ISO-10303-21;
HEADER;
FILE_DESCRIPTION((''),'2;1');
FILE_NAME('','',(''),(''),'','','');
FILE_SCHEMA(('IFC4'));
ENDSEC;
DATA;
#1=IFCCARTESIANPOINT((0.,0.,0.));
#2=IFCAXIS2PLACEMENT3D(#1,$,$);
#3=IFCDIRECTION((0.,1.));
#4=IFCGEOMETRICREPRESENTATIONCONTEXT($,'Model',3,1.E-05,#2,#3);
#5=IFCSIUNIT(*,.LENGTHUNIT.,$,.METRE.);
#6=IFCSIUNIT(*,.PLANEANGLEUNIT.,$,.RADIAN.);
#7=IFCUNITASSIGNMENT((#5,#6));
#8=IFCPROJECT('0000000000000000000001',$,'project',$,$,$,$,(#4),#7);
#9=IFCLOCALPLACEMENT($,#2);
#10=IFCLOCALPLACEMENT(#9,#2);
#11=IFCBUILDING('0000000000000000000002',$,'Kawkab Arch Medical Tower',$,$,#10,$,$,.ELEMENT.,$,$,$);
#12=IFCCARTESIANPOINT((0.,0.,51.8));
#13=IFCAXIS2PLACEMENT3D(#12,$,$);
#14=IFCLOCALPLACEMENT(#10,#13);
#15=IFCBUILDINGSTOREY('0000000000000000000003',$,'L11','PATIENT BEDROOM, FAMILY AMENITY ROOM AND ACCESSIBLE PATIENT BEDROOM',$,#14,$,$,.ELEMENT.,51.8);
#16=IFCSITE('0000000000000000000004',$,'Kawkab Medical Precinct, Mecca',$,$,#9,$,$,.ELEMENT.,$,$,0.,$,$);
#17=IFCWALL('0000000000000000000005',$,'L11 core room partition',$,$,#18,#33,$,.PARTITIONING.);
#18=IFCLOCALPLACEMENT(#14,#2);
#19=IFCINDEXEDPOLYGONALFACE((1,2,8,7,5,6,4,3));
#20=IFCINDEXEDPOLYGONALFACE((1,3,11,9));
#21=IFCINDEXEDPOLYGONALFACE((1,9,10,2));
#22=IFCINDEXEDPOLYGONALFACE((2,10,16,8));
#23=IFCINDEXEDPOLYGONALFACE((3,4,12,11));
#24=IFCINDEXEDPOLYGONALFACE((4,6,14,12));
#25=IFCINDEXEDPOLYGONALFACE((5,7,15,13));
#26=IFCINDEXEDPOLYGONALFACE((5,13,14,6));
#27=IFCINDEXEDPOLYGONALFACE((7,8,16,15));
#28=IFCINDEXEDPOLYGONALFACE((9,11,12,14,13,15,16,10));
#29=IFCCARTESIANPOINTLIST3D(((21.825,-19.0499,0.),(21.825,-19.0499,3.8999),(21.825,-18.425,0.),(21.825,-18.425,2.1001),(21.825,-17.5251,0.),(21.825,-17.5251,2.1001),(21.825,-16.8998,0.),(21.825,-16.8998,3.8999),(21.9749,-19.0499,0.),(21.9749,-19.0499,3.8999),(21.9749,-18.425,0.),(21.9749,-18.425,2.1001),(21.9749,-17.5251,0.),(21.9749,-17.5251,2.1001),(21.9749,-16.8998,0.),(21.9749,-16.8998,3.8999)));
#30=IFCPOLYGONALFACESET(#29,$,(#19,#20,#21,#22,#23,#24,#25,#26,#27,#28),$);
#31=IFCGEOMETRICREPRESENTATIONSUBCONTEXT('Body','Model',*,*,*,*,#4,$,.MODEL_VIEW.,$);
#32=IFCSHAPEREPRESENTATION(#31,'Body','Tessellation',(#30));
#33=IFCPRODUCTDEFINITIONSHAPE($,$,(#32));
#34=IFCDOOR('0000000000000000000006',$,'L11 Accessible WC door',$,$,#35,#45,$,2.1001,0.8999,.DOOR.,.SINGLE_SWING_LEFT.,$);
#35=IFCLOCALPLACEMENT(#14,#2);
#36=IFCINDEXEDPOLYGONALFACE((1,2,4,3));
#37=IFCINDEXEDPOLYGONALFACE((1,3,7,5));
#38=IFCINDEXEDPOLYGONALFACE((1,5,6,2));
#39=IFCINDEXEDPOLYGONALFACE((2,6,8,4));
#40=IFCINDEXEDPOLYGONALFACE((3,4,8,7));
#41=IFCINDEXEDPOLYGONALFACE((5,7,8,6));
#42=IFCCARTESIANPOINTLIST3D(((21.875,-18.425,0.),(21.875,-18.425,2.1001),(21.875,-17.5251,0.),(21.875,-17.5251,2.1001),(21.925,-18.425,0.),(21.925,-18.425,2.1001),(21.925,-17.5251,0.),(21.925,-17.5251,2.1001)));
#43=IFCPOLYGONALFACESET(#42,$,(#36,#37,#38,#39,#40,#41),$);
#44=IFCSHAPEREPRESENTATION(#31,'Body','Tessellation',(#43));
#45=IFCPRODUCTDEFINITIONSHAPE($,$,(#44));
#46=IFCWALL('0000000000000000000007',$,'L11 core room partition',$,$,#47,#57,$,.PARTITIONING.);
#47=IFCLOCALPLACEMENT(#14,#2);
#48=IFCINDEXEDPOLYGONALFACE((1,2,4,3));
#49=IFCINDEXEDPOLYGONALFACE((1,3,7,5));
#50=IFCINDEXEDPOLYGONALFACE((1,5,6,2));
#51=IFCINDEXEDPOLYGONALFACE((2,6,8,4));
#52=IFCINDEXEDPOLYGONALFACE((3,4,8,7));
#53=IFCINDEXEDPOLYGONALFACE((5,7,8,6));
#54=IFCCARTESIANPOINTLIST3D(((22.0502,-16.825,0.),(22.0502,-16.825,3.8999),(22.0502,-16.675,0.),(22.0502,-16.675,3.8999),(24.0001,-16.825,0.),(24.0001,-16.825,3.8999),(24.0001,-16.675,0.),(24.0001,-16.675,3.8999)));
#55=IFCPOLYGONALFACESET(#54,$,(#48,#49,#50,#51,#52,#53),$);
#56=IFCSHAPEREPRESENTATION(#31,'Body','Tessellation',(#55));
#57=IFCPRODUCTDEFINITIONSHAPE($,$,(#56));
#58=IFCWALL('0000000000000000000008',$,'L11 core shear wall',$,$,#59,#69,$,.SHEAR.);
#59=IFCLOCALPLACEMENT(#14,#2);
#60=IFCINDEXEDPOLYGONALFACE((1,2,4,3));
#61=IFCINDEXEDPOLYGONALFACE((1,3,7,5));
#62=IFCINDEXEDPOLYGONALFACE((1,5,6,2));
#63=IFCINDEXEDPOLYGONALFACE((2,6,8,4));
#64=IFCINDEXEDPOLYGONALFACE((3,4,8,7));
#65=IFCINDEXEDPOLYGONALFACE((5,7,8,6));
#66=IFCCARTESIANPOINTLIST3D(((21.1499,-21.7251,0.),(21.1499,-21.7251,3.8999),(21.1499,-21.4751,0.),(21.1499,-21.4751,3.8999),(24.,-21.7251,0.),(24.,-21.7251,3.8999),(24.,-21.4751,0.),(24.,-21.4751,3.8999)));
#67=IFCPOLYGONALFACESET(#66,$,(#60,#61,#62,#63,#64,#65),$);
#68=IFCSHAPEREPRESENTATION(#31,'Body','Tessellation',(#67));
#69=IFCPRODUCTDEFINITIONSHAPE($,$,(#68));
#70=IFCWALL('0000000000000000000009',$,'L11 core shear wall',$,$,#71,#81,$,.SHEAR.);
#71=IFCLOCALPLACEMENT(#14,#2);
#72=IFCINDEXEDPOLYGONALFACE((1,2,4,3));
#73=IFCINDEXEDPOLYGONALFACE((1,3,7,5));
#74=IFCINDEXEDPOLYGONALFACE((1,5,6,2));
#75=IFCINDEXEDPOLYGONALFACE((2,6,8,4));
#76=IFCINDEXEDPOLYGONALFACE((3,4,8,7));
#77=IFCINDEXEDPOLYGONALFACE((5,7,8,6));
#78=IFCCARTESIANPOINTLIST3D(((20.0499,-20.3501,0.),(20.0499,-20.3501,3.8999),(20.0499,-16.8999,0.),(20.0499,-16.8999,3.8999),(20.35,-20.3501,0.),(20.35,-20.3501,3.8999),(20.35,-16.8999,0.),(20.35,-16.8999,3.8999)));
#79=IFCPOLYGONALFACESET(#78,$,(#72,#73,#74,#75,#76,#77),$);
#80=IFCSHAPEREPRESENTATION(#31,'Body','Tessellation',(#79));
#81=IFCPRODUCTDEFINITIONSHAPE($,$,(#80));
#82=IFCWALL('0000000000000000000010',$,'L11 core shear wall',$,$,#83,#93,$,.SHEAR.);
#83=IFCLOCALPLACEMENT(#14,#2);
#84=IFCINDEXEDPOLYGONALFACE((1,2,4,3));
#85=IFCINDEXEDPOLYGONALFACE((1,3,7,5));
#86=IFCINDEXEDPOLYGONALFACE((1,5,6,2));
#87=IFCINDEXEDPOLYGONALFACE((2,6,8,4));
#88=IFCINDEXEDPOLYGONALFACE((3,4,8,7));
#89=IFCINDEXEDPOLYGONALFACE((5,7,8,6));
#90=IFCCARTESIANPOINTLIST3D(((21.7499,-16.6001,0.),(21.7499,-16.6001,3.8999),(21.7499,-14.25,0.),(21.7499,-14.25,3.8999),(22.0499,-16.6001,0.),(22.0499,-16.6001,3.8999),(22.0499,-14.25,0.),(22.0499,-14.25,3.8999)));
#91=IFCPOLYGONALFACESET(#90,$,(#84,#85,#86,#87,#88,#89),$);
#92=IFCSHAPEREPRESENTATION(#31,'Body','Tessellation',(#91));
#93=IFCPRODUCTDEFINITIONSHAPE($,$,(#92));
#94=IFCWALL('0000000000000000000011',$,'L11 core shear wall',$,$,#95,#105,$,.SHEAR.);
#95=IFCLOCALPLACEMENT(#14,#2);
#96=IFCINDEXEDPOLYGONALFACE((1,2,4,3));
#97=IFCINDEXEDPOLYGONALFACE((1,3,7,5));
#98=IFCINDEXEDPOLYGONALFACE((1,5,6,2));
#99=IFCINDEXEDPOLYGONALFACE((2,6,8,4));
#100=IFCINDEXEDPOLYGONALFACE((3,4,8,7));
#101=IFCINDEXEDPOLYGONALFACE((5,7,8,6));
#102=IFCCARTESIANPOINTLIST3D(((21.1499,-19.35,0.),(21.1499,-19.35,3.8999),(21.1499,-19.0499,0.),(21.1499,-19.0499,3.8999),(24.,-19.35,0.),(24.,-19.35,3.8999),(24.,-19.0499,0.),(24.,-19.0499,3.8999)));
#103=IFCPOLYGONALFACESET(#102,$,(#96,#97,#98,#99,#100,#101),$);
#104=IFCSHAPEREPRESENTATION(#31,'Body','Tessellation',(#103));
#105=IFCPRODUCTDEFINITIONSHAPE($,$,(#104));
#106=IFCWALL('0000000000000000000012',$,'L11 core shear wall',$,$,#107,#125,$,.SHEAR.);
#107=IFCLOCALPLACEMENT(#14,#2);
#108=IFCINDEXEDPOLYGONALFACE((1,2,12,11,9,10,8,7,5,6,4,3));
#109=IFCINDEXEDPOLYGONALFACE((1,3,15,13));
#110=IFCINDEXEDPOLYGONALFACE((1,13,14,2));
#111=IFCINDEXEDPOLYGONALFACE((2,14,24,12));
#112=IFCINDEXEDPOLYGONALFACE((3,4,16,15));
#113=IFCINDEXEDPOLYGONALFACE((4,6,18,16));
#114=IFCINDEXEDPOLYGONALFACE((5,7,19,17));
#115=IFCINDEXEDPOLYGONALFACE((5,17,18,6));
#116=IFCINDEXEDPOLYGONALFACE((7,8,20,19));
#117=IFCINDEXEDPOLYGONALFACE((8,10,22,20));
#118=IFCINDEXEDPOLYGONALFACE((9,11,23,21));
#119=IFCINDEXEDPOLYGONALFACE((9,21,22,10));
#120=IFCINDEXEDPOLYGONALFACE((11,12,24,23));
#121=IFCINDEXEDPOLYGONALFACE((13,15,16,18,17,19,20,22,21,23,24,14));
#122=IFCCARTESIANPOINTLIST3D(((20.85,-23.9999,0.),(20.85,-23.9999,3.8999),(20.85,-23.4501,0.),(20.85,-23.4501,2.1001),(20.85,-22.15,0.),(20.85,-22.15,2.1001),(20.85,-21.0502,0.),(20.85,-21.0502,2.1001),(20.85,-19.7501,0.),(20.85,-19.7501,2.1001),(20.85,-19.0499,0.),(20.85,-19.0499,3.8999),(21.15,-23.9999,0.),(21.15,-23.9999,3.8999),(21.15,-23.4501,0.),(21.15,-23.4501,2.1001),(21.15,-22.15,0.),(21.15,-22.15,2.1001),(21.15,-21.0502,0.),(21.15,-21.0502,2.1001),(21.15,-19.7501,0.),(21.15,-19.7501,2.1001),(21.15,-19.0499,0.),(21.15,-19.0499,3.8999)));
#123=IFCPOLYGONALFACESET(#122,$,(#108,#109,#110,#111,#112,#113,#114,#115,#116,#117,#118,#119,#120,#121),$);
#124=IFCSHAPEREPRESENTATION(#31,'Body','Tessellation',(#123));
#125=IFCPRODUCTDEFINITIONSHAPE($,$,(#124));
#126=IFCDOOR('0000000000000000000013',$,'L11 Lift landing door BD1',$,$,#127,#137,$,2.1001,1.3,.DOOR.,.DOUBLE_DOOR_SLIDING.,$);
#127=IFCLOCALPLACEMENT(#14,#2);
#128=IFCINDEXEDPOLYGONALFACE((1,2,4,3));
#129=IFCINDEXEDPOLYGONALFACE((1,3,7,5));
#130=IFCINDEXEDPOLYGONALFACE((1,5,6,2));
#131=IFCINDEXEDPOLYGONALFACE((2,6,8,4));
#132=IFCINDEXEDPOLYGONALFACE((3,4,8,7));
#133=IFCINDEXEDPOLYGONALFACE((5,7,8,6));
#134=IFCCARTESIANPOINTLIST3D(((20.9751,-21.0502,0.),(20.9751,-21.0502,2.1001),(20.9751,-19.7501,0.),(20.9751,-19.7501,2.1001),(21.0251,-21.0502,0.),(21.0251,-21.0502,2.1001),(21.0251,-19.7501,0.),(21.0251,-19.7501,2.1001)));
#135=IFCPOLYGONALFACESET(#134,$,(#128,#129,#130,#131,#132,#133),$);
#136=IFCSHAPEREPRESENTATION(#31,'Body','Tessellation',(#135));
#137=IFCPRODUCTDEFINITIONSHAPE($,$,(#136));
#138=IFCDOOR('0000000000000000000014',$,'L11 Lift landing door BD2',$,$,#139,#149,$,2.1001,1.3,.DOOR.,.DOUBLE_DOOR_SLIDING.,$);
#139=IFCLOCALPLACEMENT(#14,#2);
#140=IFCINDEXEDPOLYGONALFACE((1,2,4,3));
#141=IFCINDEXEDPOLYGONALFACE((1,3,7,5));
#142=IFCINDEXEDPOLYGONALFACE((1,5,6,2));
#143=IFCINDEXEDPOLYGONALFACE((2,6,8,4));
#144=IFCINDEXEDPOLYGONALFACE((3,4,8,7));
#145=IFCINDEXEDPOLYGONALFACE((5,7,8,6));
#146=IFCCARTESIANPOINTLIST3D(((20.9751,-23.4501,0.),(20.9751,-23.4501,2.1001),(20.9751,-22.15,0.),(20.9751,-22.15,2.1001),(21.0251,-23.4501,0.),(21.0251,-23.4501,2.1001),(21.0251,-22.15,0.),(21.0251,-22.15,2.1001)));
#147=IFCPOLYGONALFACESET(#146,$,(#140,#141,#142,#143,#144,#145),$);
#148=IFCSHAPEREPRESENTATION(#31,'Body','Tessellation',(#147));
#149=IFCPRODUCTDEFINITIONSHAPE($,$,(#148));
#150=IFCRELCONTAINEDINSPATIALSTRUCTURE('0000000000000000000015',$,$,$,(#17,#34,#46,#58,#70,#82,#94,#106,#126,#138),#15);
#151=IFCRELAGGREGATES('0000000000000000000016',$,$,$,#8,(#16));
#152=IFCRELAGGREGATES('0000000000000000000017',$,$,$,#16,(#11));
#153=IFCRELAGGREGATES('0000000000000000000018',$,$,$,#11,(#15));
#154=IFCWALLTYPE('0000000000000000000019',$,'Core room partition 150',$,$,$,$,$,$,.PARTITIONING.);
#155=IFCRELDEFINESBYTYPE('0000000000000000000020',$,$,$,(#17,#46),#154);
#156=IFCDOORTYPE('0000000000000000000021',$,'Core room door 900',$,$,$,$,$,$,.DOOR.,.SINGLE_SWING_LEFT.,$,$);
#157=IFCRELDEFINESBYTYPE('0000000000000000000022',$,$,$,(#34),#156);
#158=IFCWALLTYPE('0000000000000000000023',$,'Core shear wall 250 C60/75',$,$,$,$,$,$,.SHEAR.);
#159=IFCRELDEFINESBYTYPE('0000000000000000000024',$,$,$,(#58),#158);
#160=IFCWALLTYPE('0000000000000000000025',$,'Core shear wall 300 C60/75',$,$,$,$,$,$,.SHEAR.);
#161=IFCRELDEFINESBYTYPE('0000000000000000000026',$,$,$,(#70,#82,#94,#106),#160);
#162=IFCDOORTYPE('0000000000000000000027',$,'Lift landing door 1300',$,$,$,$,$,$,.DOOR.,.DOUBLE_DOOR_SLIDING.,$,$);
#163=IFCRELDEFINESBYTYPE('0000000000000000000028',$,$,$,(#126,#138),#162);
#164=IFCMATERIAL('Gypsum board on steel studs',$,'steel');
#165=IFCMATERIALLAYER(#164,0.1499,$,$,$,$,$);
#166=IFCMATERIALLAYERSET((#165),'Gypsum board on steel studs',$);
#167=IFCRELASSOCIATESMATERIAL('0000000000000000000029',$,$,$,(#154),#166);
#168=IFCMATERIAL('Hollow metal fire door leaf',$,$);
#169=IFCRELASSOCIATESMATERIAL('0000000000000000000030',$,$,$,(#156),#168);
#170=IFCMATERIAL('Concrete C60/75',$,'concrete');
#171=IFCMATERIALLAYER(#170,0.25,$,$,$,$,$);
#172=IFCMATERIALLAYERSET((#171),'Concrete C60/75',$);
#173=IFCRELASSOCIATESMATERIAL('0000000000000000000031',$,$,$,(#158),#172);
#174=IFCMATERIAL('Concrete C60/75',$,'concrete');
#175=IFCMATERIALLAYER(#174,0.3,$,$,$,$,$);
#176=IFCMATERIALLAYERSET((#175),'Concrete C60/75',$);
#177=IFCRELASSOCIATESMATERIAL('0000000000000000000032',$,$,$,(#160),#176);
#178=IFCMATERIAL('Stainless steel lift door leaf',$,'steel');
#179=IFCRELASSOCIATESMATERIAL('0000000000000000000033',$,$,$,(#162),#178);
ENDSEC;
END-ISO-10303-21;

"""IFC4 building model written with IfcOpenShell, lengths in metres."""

from ifc_helpers import new_model, si_unit, direction, frame, frame_2d, origin, place, context, subcontext, project, spatial, rectangle, extrude, material, layer, layer_set, type_object, element, fill, save


model = new_model("IFC4")

# Units and contexts
model_context = context("Model", 3, precision=1e-05, world=origin(), true_north=direction((0.0, 1.0)))
body_context = subcontext(model_context, "Body", "Model", "MODEL_VIEW")
ifc_project = project(units=[si_unit("LENGTHUNIT", "METRE"), si_unit("PLANEANGLEUNIT", "RADIAN")], contexts=[model_context])

# Site, building, storey
site_placement = place(None, origin())
site = spatial("IfcSite", under=ifc_project, at=site_placement, Name="Kawkab Medical Precinct, Mecca", CompositionType="ELEMENT", RefElevation=0.0)
building_placement = place(site_placement, origin())
building = spatial("IfcBuilding", under=site, at=building_placement, Name="Kawkab Arch Medical Tower", CompositionType="ELEMENT")
storey_placement = place(building_placement, frame((0.0, 0.0, 51.8)))
storey = spatial("IfcBuildingStorey", under=building, at=storey_placement, Name="L11", Description="PATIENT BEDROOM, FAMILY AMENITY ROOM AND ACCESSIBLE PATIENT BEDROOM", CompositionType="ELEMENT", Elevation=51.8)

# Wall, opening, door
ifc_material_1 = material(Name="Gypsum board on steel studs", Category="steel")
ifc_layer_1 = layer(ifc_material_1, 0.1499)
ifc_layer_set_1 = layer_set([ifc_layer_1], Name="Gypsum board on steel studs")
wall_type_1 = type_object("IfcWallType", Name="Core room partition 150", PredefinedType="PARTITIONING", material=ifc_layer_set_1)
wall_1_placement = place(storey_placement, frame((21.8999, -19.05, 0.0), z_axis=(0.0, 0.0, 1.0), x_axis=(0.0, 1.0, 0.0)))
wall_1 = element("IfcWall", 1, at=wall_1_placement, inside=storey, type_object=wall_type_1, Name="L11 core room partition", PredefinedType="PARTITIONING", context=body_context, shape_type="SweptSolid", body=[
    extrude(rectangle(XDim=2.1501, YDim=0.1499, at=frame_2d((1.0752, 0.0))), origin(), (0.0, 0.0, 1.0), 3.8999),
])
opening_1_placement = place(wall_1_placement, frame((0.625, 0.0, 0.0)))
opening_1 = element("IfcOpeningElement", 2, at=opening_1_placement, cuts=wall_1, PredefinedType="OPENING", context=body_context, shape_type="SweptSolid", body=[
    extrude(rectangle(XDim=0.8999, YDim=2.1001, at=frame_2d((0.45, 1.05))), frame((0.0, 0.085, 0.0), z_axis=(0.0, -1.0, 0.0), x_axis=(1.0, 0.0, 0.0)), (0.0, 0.0, 1.0), 0.1699),
])
ifc_material_2 = material(Name="Hollow metal fire door leaf")
door_type_1 = type_object("IfcDoorType", Name="Core room door 900", OperationType="SINGLE_SWING_LEFT", PredefinedType="DOOR", material=ifc_material_2)
door_1_placement = place(opening_1_placement, origin())
door_1 = element("IfcDoor", 3, at=door_1_placement, inside=storey, type_object=door_type_1, Name="L11 Accessible WC door", OperationType="SINGLE_SWING_LEFT", OverallHeight=2.1001, OverallWidth=0.8999, PredefinedType="DOOR", context=body_context, shape_type="SweptSolid", body=[
    extrude(rectangle(XDim=0.8999, YDim=2.1001, at=frame_2d((0.45, 1.05))), frame((0.0, 0.0249, 0.0), z_axis=(0.0, -1.0, 0.0), x_axis=(1.0, 0.0, 0.0)), (0.0, 0.0, 1.0), 0.05),
])
fill(opening_1, door_1)

# Walls
wall_2_placement = place(storey_placement, frame((22.05, -16.75, 0.0), z_axis=(0.0, 0.0, 1.0), x_axis=(1.0, 0.0, 0.0)))
element("IfcWall", 4, at=wall_2_placement, inside=storey, type_object=wall_type_1, Name="L11 core room partition", PredefinedType="PARTITIONING", context=body_context, shape_type="SweptSolid", body=[
    extrude(rectangle(XDim=1.95, YDim=0.1499, at=frame_2d((0.9751, 0.0))), origin(), (0.0, 0.0, 1.0), 3.8999),
])
ifc_material_3 = material(Name="Concrete C60/75", Category="concrete")
ifc_layer_2 = layer(ifc_material_3, 0.25)
ifc_layer_set_2 = layer_set([ifc_layer_2], Name="Concrete C60/75")
wall_type_2 = type_object("IfcWallType", Name="Core shear wall 250 C60/75", PredefinedType="SHEAR", material=ifc_layer_set_2)
wall_3_placement = place(storey_placement, frame((21.1499, -21.6001, 0.0), z_axis=(0.0, 0.0, 1.0), x_axis=(1.0, 0.0, 0.0)))
element("IfcWall", 5, at=wall_3_placement, inside=storey, type_object=wall_type_2, Name="L11 core shear wall", PredefinedType="SHEAR", context=body_context, shape_type="SweptSolid", body=[
    extrude(rectangle(XDim=2.8501, YDim=0.25, at=frame_2d((1.425, 0.0))), origin(), (0.0, 0.0, 1.0), 3.8999),
])
ifc_material_4 = material(Name="Concrete C60/75", Category="concrete")
ifc_layer_3 = layer(ifc_material_4, 0.3)
ifc_layer_set_3 = layer_set([ifc_layer_3], Name="Concrete C60/75")
wall_type_3 = type_object("IfcWallType", Name="Core shear wall 300 C60/75", PredefinedType="SHEAR", material=ifc_layer_set_3)
wall_4_placement = place(storey_placement, frame((20.2, -20.3501, 0.0), z_axis=(0.0, 0.0, 1.0), x_axis=(0.0, 1.0, 0.0)))
element("IfcWall", 6, at=wall_4_placement, inside=storey, type_object=wall_type_3, Name="L11 core shear wall", PredefinedType="SHEAR", context=body_context, shape_type="SweptSolid", body=[
    extrude(rectangle(XDim=3.4502, YDim=0.3, at=frame_2d((1.7251, 0.0))), origin(), (0.0, 0.0, 1.0), 3.8999),
])
wall_5_placement = place(storey_placement, frame((21.8999, -16.6001, 0.0), z_axis=(0.0, 0.0, 1.0), x_axis=(0.0, 1.0, 0.0)))
element("IfcWall", 7, at=wall_5_placement, inside=storey, type_object=wall_type_3, Name="L11 core shear wall", PredefinedType="SHEAR", context=body_context, shape_type="SweptSolid", body=[
    extrude(rectangle(XDim=2.3501, YDim=0.3, at=frame_2d((1.175, 0.0))), origin(), (0.0, 0.0, 1.0), 3.8999),
])
wall_6_placement = place(storey_placement, frame((21.1499, -19.2, 0.0), z_axis=(0.0, 0.0, 1.0), x_axis=(1.0, 0.0, 0.0)))
element("IfcWall", 8, at=wall_6_placement, inside=storey, type_object=wall_type_3, Name="L11 core shear wall", PredefinedType="SHEAR", context=body_context, shape_type="SweptSolid", body=[
    extrude(rectangle(XDim=2.8501, YDim=0.3, at=frame_2d((1.425, 0.0))), origin(), (0.0, 0.0, 1.0), 3.8999),
])

# Wall, openings, doors
wall_7_placement = place(storey_placement, frame((21.0, -24.0, 0.0), z_axis=(0.0, 0.0, 1.0), x_axis=(0.0, 1.0, 0.0)))
wall_7 = element("IfcWall", 9, at=wall_7_placement, inside=storey, type_object=wall_type_3, Name="L11 core shear wall", PredefinedType="SHEAR", context=body_context, shape_type="SweptSolid", body=[
    extrude(rectangle(XDim=4.95, YDim=0.3, at=frame_2d((2.4751, 0.0))), origin(), (0.0, 0.0, 1.0), 3.8999),
])
opening_2_placement = place(wall_7_placement, frame((2.95, 0.0, 0.0)))
opening_2 = element("IfcOpeningElement", 10, at=opening_2_placement, cuts=wall_7, PredefinedType="OPENING", context=body_context, shape_type="SweptSolid", body=[
    extrude(rectangle(XDim=1.3, YDim=2.1001, at=frame_2d((0.6499, 1.05))), frame((0.0, 0.1599, 0.0), z_axis=(0.0, -1.0, 0.0), x_axis=(1.0, 0.0, 0.0)), (0.0, 0.0, 1.0), 0.3201),
])
opening_3_placement = place(wall_7_placement, frame((0.55, 0.0, 0.0)))
opening_3 = element("IfcOpeningElement", 11, at=opening_3_placement, cuts=wall_7, PredefinedType="OPENING", context=body_context, shape_type="SweptSolid", body=[
    extrude(rectangle(XDim=1.3, YDim=2.1001, at=frame_2d((0.6499, 1.05))), frame((0.0, 0.1599, 0.0), z_axis=(0.0, -1.0, 0.0), x_axis=(1.0, 0.0, 0.0)), (0.0, 0.0, 1.0), 0.3201),
])
ifc_material_5 = material(Name="Stainless steel lift door leaf", Category="steel")
door_type_2 = type_object("IfcDoorType", Name="Lift landing door 1300", OperationType="DOUBLE_DOOR_SLIDING", PredefinedType="DOOR", material=ifc_material_5)
door_2_placement = place(opening_2_placement, origin())
door_2 = element("IfcDoor", 12, at=door_2_placement, inside=storey, type_object=door_type_2, Name="L11 Lift landing door BD1", OperationType="DOUBLE_DOOR_SLIDING", OverallHeight=2.1001, OverallWidth=1.3, PredefinedType="DOOR", context=body_context, shape_type="SweptSolid", body=[
    extrude(rectangle(XDim=1.3, YDim=2.1001, at=frame_2d((0.6499, 1.05))), frame((0.0, 0.0249, 0.0), z_axis=(0.0, -1.0, 0.0), x_axis=(1.0, 0.0, 0.0)), (0.0, 0.0, 1.0), 0.05),
])
fill(opening_2, door_2)
door_3_placement = place(opening_3_placement, origin())
door_3 = element("IfcDoor", 13, at=door_3_placement, inside=storey, type_object=door_type_2, Name="L11 Lift landing door BD2", OperationType="DOUBLE_DOOR_SLIDING", OverallHeight=2.1001, OverallWidth=1.3, PredefinedType="DOOR", context=body_context, shape_type="SweptSolid", body=[
    extrude(rectangle(XDim=1.3, YDim=2.1001, at=frame_2d((0.6499, 1.05))), frame((0.0, 0.0249, 0.0), z_axis=(0.0, -1.0, 0.0), x_axis=(1.0, 0.0, 0.0)), (0.0, 0.0, 1.0), 0.05),
])
fill(opening_3, door_3)

save(model, "model.ifc")
